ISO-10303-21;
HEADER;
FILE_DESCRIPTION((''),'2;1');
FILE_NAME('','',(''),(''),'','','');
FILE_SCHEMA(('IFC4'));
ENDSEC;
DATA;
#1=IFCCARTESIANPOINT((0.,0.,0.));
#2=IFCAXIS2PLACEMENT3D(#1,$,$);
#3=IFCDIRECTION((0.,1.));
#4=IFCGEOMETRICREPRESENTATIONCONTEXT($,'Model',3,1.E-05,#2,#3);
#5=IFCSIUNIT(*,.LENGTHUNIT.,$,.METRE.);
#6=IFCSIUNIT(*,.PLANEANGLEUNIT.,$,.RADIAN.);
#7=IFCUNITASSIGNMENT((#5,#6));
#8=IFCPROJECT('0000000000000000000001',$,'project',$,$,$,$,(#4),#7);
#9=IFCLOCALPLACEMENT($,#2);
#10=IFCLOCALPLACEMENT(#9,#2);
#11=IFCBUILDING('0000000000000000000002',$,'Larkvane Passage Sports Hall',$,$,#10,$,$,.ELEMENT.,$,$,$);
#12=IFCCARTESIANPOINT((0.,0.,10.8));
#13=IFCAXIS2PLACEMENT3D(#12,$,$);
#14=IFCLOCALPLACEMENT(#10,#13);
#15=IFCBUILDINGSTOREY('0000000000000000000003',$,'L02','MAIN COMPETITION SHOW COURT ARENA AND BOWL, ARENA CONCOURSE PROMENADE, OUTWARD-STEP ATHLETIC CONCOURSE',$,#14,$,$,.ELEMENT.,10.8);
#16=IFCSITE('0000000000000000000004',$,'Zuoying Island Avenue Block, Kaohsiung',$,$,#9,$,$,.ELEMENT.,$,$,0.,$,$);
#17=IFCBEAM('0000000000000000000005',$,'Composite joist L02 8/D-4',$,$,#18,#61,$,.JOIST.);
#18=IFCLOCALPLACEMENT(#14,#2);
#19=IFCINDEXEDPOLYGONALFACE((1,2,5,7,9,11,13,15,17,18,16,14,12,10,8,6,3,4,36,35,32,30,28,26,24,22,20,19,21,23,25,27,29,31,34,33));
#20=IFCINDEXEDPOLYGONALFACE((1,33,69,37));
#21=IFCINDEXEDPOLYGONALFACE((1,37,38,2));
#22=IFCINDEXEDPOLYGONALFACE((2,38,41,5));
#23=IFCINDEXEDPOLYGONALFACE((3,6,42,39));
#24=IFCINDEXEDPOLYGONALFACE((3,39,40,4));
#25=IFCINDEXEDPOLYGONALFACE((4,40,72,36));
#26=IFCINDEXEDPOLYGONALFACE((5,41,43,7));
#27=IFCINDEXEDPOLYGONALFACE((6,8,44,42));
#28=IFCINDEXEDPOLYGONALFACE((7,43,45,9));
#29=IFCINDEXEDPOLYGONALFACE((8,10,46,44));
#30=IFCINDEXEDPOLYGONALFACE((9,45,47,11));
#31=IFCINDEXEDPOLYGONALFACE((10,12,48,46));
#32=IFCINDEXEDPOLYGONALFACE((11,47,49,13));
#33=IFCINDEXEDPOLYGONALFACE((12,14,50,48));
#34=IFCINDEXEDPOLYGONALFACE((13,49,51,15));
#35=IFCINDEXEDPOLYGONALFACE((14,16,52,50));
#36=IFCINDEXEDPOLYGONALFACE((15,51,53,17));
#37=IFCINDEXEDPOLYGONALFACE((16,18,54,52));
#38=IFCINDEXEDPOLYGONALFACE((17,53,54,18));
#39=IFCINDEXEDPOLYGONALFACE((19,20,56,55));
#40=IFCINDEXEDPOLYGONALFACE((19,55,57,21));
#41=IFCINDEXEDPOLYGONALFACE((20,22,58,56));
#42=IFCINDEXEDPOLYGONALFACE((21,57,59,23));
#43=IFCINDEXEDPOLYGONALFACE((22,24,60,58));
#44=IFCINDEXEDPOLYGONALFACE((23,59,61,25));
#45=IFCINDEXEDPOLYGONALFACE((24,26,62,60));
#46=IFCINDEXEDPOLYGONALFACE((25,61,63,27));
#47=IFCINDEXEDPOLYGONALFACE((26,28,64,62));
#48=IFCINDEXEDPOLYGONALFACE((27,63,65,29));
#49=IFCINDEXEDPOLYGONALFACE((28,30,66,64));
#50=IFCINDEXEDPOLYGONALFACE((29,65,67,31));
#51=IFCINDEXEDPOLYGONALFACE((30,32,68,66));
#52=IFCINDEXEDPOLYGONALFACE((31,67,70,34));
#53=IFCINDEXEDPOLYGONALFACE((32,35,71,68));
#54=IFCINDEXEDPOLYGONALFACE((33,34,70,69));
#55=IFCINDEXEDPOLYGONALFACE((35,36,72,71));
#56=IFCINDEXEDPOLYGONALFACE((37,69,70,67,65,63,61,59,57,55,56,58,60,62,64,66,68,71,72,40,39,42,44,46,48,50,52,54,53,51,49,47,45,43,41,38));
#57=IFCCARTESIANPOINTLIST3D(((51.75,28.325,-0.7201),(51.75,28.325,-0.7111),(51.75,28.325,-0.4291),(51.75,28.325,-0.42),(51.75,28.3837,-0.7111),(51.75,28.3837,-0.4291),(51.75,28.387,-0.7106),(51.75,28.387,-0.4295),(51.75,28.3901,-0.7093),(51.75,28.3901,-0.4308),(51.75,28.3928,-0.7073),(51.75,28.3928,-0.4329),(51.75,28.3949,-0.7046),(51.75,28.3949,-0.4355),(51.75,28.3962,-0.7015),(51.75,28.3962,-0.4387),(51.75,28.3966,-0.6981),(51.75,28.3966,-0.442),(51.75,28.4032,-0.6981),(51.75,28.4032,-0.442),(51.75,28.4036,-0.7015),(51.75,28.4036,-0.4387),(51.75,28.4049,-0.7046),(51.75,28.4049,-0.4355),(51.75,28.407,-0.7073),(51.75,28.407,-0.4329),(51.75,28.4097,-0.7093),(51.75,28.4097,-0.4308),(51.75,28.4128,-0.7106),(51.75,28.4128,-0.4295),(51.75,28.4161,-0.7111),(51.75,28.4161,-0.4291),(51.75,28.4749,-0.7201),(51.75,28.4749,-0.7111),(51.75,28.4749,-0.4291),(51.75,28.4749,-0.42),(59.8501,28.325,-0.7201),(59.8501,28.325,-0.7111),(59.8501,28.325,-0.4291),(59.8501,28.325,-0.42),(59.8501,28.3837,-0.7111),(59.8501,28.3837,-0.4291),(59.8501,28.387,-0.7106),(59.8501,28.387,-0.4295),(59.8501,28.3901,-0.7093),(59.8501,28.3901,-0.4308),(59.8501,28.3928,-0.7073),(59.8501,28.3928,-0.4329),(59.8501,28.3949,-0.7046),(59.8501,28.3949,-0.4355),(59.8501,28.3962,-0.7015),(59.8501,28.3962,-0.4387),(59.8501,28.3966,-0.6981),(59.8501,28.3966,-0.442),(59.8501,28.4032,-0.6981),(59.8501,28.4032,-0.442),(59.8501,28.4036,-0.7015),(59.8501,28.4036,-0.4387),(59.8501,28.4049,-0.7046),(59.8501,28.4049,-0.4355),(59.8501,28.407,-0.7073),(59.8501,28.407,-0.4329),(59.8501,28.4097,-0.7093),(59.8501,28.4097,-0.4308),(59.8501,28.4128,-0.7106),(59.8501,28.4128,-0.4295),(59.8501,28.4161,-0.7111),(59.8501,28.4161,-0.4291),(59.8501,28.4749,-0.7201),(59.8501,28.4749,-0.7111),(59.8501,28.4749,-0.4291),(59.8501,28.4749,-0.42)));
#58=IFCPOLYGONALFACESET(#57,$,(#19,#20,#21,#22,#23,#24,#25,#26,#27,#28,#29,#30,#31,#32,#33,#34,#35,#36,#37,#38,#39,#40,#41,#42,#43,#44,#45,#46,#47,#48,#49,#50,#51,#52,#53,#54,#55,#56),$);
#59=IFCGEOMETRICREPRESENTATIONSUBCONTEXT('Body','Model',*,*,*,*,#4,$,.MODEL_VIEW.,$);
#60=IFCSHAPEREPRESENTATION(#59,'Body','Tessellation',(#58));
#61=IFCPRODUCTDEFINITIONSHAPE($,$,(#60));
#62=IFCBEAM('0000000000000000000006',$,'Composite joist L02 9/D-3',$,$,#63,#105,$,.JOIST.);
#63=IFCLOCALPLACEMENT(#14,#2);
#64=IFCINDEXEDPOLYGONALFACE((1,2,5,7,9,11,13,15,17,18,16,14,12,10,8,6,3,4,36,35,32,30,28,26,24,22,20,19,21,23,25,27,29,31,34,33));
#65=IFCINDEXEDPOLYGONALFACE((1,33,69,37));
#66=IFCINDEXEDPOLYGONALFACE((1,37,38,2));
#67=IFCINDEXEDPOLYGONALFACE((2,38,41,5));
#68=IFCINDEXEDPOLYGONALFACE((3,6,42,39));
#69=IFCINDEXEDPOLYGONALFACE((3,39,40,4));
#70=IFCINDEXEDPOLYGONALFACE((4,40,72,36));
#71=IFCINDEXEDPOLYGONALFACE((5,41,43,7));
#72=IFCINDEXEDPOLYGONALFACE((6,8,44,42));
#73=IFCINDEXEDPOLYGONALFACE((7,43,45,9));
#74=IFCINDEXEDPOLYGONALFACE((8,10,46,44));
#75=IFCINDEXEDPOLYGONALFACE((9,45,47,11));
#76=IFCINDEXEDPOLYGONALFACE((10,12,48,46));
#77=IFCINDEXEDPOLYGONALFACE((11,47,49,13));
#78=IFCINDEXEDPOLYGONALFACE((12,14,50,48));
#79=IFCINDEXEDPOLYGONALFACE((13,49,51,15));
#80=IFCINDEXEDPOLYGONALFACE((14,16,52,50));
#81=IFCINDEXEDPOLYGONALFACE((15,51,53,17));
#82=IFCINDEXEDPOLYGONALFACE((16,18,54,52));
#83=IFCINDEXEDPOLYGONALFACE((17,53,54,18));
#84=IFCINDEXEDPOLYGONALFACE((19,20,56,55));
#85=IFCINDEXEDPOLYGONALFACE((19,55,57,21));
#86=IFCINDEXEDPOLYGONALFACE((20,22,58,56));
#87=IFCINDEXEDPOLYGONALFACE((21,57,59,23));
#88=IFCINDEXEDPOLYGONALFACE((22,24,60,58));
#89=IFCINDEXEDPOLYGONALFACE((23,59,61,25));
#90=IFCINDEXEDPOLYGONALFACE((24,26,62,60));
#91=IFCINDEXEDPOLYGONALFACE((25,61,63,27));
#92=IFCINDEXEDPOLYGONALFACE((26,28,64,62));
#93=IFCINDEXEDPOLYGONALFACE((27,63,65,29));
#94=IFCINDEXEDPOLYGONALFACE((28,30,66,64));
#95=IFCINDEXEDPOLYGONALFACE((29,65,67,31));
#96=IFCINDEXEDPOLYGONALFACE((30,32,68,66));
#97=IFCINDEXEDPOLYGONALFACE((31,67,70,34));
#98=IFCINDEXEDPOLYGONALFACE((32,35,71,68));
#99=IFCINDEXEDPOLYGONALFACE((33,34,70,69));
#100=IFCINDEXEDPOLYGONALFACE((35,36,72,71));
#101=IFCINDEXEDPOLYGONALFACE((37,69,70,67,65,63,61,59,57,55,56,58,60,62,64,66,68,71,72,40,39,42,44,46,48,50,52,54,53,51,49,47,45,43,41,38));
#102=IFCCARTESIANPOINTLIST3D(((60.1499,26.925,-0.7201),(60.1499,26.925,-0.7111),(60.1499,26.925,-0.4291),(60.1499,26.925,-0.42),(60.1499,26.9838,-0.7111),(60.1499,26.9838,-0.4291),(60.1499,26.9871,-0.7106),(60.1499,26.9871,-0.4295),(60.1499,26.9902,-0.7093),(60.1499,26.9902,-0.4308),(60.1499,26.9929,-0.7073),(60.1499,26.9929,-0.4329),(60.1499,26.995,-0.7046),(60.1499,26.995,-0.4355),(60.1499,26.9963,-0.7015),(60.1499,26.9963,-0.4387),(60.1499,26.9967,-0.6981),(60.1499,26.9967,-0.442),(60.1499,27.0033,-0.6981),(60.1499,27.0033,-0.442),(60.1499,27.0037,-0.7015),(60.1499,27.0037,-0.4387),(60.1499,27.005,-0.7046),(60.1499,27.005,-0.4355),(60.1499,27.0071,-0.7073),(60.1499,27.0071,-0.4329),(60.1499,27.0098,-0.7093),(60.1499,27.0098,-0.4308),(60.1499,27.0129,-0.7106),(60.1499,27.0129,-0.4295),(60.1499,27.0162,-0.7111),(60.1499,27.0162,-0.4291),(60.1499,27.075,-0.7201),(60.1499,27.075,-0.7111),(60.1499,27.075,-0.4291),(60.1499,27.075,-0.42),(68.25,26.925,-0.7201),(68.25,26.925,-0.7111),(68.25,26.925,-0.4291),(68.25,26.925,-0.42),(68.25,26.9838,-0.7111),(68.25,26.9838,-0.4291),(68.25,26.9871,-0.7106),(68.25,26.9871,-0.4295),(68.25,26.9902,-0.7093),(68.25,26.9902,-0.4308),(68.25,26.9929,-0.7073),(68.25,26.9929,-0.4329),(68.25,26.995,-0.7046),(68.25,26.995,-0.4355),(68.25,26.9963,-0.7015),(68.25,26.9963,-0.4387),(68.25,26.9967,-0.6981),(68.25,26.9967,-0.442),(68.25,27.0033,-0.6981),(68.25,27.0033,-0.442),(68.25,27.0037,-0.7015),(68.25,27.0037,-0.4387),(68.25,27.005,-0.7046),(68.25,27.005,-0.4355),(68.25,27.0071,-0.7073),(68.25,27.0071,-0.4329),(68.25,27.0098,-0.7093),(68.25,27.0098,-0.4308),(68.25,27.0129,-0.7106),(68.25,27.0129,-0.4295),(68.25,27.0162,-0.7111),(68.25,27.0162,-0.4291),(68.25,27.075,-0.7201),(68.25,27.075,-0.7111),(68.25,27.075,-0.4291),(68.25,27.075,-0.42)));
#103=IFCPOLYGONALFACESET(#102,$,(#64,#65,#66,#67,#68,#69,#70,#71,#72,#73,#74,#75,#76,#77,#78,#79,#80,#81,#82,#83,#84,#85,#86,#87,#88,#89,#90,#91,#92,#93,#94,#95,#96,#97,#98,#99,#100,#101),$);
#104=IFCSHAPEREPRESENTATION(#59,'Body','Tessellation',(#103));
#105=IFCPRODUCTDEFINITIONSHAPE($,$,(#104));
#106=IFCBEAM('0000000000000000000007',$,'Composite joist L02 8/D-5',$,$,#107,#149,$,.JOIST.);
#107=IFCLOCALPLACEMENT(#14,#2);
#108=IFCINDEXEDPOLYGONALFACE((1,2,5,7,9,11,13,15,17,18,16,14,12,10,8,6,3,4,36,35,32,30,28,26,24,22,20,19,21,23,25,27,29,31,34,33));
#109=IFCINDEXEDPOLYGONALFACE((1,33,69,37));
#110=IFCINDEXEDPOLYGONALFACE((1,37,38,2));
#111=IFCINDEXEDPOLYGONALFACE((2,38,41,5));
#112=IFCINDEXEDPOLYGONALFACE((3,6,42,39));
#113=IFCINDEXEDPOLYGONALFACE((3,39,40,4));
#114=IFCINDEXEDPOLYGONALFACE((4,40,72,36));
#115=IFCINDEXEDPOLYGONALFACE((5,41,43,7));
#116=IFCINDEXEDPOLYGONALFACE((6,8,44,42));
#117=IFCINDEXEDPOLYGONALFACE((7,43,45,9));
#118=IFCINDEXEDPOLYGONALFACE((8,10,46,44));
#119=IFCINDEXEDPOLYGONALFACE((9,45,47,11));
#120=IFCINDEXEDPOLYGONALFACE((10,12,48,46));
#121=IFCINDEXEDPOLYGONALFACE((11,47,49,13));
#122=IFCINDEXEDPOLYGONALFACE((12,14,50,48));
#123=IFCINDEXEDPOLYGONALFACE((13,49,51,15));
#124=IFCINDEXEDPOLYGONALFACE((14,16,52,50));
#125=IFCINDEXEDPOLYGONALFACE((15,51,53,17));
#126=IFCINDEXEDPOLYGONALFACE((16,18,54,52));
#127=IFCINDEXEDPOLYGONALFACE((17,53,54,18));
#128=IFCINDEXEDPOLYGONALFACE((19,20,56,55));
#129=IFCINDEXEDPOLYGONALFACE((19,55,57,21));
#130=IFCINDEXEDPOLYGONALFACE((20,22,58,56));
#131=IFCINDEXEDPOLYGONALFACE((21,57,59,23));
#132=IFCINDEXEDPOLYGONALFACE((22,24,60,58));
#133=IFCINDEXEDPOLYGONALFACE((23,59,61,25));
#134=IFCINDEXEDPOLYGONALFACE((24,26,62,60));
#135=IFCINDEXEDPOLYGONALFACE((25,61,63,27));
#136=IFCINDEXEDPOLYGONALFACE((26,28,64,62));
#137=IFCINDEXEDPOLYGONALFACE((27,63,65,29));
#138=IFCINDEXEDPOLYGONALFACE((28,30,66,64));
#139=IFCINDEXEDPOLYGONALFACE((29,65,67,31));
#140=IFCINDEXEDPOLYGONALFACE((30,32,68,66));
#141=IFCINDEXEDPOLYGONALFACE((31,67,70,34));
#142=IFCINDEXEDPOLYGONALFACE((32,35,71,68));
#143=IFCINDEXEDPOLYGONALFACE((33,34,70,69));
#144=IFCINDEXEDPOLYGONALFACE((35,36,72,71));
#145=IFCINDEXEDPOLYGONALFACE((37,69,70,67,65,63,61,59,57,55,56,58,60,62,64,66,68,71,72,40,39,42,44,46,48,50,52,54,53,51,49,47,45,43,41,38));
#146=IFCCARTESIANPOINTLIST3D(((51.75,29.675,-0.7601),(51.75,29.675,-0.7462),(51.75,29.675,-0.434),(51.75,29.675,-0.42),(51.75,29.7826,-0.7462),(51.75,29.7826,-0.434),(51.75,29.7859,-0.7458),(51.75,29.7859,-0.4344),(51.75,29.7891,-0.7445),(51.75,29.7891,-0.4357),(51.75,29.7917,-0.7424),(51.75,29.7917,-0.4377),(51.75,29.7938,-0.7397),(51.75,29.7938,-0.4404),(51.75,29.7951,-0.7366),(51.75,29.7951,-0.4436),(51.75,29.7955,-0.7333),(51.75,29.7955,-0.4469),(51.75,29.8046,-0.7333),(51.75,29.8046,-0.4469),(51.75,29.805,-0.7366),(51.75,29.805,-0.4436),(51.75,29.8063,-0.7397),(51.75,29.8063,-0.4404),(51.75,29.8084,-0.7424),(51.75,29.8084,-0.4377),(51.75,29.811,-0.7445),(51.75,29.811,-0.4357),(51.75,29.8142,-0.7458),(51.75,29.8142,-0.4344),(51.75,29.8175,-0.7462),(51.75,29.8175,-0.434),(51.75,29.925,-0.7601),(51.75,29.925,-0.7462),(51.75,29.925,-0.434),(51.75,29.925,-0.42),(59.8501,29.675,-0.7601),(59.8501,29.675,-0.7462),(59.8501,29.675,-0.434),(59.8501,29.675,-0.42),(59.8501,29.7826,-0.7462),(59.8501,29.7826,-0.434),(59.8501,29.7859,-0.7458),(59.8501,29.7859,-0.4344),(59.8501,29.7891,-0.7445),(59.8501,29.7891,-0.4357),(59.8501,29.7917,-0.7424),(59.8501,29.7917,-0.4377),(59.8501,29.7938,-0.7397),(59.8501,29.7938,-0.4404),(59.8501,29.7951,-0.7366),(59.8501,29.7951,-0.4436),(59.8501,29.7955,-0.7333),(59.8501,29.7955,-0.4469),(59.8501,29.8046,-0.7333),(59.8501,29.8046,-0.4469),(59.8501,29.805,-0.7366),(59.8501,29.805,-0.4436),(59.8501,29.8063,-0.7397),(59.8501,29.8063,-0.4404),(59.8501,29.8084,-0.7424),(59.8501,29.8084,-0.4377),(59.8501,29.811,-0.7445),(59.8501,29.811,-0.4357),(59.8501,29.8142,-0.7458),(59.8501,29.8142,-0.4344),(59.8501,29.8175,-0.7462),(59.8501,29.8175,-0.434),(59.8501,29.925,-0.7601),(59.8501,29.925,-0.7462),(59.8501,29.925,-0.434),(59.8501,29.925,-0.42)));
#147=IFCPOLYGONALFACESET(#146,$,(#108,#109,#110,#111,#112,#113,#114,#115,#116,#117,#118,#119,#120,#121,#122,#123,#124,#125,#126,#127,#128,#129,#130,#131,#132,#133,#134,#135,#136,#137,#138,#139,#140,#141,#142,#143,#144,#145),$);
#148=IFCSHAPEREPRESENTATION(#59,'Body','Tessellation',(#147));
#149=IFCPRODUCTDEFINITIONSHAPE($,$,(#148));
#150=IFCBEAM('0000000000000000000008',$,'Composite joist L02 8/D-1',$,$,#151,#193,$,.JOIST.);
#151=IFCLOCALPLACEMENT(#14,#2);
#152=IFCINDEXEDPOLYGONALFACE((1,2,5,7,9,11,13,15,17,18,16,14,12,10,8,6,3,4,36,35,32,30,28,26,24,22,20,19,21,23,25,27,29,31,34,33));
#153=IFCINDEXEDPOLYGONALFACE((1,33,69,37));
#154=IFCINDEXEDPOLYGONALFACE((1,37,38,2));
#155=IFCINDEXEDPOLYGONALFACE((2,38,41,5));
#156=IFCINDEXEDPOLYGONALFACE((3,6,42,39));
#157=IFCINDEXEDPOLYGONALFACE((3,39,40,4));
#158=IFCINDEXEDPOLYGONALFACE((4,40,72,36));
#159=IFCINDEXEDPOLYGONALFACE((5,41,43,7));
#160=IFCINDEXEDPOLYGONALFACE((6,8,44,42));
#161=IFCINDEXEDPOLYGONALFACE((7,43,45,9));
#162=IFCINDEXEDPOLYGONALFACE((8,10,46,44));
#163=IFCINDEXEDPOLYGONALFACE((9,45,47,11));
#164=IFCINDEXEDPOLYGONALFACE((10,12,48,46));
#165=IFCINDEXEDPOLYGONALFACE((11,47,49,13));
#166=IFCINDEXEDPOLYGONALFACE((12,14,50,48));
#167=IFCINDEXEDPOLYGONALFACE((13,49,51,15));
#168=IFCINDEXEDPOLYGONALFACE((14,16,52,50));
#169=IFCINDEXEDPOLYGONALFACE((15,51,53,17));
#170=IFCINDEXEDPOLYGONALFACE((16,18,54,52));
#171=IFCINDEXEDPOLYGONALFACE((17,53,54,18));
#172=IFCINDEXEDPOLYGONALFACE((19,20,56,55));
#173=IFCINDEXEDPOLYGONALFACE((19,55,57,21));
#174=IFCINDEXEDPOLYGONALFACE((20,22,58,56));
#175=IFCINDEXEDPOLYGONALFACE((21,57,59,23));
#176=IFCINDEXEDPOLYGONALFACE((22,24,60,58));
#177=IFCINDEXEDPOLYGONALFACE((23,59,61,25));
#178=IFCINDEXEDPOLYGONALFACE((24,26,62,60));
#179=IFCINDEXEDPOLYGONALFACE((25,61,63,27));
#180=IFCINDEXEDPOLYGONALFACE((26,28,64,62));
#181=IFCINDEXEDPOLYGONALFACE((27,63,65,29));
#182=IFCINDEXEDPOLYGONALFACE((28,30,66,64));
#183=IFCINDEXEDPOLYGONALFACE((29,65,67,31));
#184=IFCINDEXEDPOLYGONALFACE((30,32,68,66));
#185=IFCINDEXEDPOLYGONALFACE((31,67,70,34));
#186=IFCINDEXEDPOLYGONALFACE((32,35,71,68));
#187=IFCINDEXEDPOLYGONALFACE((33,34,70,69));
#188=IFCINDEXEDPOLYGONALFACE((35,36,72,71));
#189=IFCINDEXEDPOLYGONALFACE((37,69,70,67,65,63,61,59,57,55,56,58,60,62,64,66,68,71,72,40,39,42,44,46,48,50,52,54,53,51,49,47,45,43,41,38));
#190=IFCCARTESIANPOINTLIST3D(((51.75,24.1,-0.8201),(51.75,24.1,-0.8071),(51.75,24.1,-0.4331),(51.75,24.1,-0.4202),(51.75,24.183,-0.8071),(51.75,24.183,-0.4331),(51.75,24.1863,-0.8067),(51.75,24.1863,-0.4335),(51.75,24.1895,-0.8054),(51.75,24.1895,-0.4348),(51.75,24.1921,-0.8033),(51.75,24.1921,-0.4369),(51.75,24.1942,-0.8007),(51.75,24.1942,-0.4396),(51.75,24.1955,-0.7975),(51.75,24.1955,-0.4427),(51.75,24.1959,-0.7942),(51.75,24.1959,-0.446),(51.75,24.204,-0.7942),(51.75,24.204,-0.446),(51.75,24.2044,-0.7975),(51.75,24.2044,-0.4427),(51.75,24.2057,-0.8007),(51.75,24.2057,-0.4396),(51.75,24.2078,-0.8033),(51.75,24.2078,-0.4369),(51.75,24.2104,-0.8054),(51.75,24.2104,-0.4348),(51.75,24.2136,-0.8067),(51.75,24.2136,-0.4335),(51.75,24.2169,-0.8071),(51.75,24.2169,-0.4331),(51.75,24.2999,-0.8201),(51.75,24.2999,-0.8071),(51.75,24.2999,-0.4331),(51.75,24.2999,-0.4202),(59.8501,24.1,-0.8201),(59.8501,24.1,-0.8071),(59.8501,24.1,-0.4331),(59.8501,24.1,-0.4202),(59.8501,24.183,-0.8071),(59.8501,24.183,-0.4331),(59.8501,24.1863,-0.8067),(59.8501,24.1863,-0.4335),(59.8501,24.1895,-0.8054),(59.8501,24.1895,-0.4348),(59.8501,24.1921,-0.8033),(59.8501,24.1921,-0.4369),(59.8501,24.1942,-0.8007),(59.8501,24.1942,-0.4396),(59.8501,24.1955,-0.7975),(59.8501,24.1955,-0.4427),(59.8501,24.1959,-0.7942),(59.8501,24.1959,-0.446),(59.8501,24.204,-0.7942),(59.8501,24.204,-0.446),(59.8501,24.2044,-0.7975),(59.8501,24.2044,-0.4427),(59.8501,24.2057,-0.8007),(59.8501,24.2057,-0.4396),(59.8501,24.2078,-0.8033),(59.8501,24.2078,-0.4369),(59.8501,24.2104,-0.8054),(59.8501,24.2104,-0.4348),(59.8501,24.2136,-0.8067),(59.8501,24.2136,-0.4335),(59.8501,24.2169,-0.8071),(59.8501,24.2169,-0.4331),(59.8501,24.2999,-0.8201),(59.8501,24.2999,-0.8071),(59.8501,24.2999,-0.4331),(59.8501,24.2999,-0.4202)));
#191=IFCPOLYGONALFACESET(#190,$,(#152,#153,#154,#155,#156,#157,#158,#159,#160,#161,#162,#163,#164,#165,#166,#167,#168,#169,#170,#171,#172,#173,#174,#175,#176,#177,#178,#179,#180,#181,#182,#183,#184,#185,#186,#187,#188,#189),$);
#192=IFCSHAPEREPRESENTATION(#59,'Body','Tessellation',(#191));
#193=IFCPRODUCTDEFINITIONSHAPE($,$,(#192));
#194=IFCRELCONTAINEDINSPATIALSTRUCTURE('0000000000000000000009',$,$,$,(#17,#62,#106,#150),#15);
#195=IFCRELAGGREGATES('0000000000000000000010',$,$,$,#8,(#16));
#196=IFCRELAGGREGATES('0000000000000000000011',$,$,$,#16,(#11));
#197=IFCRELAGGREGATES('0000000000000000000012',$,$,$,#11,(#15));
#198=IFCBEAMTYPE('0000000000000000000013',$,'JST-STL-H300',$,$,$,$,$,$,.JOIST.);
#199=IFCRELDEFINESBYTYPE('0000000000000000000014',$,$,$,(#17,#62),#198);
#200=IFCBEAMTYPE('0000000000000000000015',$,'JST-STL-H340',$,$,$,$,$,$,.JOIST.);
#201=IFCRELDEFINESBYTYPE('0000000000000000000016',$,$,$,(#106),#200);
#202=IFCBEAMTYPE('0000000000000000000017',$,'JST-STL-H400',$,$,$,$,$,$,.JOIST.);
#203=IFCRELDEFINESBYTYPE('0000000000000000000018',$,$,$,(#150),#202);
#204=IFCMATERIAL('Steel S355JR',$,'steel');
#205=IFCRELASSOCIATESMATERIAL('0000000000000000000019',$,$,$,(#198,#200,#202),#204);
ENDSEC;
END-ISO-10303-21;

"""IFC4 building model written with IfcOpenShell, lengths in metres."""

from ifc_helpers import new_model, si_unit, direction, frame, origin, origin_2d, place, context, subcontext, project, spatial, i_section, extrude, material, material_profile, profile_set, type_object, element, save


model = new_model("IFC4")

# Units and contexts
model_context = context("Model", 3, precision=1e-05, world=origin(), true_north=direction((0.0, 1.0)))
body_context = subcontext(model_context, "Body", "Model", "MODEL_VIEW")
ifc_project = project(units=[si_unit("LENGTHUNIT", "METRE"), si_unit("PLANEANGLEUNIT", "RADIAN")], contexts=[model_context])

# Site, building, storey
site_placement = place(None, origin())
site = spatial("IfcSite", under=ifc_project, at=site_placement, Name="Zuoying Island Avenue Block, Kaohsiung", CompositionType="ELEMENT", RefElevation=0.0)
building_placement = place(site_placement, origin())
building = spatial("IfcBuilding", under=site, at=building_placement, Name="Larkvane Passage Sports Hall", CompositionType="ELEMENT")
storey_placement = place(building_placement, frame((0.0, 0.0, 10.8)))
storey = spatial("IfcBuildingStorey", under=building, at=storey_placement, Name="L02", Description="MAIN COMPETITION SHOW COURT ARENA AND BOWL, ARENA CONCOURSE PROMENADE, OUTWARD-STEP ATHLETIC CONCOURSE", CompositionType="ELEMENT", Elevation=10.8)

# Beams
ifc_material_1 = material(Name="Steel S355JR", Category="steel")
ifc_material_profile_1 = material_profile(ifc_material_1, i_section(OverallWidth=0.1499, OverallDepth=0.3, WebThickness=0.0066, FlangeThickness=0.009, FilletRadius=0.0129, at=origin_2d()), Name="H-300x150x6.5x9")
ifc_profile_set_1 = profile_set([ifc_material_profile_1], Name="Steel S355JR")
beam_type_1 = type_object("IfcBeamType", Name="JST-STL-H300", PredefinedType="JOIST", material=ifc_profile_set_1)
for number, where, z_axis, x_axis, name in (
    (1, (51.75, 28.3999, -0.5701), (1.0, 0.0, 0.0), (0.0, 1.0, 0.0), "Composite joist L02 8/D-4"),
    (2, (60.1499, 27.0, -0.5701), (1.0, 0.0, 0.0), (0.0, 1.0, 0.0), "Composite joist L02 9/D-3"),
):
    element("IfcBeam", number, at=place(storey_placement, frame(where, z_axis=z_axis, x_axis=x_axis)), inside=storey, type_object=beam_type_1, Name=name, PredefinedType="JOIST", context=body_context, shape_type="SweptSolid", body=[
        extrude(i_section(OverallWidth=0.1499, OverallDepth=0.3, WebThickness=0.0066, FlangeThickness=0.009, FilletRadius=0.0129, at=origin_2d()), origin(), (0.0, 0.0, 1.0), 8.1001),
    ])
ifc_material_profile_2 = material_profile(ifc_material_1, i_section(OverallWidth=0.25, OverallDepth=0.3401, WebThickness=0.009, FlangeThickness=0.0139, FilletRadius=0.0129, at=origin_2d()), Name="H-340x250x9x14")
ifc_profile_set_2 = profile_set([ifc_material_profile_2], Name="Steel S355JR")
beam_type_2 = type_object("IfcBeamType", Name="JST-STL-H340", PredefinedType="JOIST", material=ifc_profile_set_2)
beam_1_placement = place(storey_placement, frame((51.75, 29.8, -0.5901), z_axis=(1.0, 0.0, 0.0), x_axis=(0.0, 1.0, 0.0)))
element("IfcBeam", 3, at=beam_1_placement, inside=storey, type_object=beam_type_2, Name="Composite joist L02 8/D-5", PredefinedType="JOIST", context=body_context, shape_type="SweptSolid", body=[
    extrude(i_section(OverallWidth=0.25, OverallDepth=0.3401, WebThickness=0.009, FlangeThickness=0.0139, FilletRadius=0.0129, at=origin_2d()), origin(), (0.0, 0.0, 1.0), 8.1001),
])
ifc_material_profile_3 = material_profile(ifc_material_1, i_section(OverallWidth=0.2, OverallDepth=0.3999, WebThickness=0.0081, FlangeThickness=0.0129, FilletRadius=0.0129, at=origin_2d()), Name="H-400x200x8x13")
ifc_profile_set_3 = profile_set([ifc_material_profile_3], Name="Steel S355JR")
beam_type_3 = type_object("IfcBeamType", Name="JST-STL-H400", PredefinedType="JOIST", material=ifc_profile_set_3)
beam_2_placement = place(storey_placement, frame((51.75, 24.2, -0.6201), z_axis=(1.0, 0.0, 0.0), x_axis=(0.0, 1.0, 0.0)))
element("IfcBeam", 4, at=beam_2_placement, inside=storey, type_object=beam_type_3, Name="Composite joist L02 8/D-1", PredefinedType="JOIST", context=body_context, shape_type="SweptSolid", body=[
    extrude(i_section(OverallWidth=0.2, OverallDepth=0.3999, WebThickness=0.0081, FlangeThickness=0.0129, FilletRadius=0.0129, at=origin_2d()), origin(), (0.0, 0.0, 1.0), 8.1001),
])

save(model, "model.ifc")
